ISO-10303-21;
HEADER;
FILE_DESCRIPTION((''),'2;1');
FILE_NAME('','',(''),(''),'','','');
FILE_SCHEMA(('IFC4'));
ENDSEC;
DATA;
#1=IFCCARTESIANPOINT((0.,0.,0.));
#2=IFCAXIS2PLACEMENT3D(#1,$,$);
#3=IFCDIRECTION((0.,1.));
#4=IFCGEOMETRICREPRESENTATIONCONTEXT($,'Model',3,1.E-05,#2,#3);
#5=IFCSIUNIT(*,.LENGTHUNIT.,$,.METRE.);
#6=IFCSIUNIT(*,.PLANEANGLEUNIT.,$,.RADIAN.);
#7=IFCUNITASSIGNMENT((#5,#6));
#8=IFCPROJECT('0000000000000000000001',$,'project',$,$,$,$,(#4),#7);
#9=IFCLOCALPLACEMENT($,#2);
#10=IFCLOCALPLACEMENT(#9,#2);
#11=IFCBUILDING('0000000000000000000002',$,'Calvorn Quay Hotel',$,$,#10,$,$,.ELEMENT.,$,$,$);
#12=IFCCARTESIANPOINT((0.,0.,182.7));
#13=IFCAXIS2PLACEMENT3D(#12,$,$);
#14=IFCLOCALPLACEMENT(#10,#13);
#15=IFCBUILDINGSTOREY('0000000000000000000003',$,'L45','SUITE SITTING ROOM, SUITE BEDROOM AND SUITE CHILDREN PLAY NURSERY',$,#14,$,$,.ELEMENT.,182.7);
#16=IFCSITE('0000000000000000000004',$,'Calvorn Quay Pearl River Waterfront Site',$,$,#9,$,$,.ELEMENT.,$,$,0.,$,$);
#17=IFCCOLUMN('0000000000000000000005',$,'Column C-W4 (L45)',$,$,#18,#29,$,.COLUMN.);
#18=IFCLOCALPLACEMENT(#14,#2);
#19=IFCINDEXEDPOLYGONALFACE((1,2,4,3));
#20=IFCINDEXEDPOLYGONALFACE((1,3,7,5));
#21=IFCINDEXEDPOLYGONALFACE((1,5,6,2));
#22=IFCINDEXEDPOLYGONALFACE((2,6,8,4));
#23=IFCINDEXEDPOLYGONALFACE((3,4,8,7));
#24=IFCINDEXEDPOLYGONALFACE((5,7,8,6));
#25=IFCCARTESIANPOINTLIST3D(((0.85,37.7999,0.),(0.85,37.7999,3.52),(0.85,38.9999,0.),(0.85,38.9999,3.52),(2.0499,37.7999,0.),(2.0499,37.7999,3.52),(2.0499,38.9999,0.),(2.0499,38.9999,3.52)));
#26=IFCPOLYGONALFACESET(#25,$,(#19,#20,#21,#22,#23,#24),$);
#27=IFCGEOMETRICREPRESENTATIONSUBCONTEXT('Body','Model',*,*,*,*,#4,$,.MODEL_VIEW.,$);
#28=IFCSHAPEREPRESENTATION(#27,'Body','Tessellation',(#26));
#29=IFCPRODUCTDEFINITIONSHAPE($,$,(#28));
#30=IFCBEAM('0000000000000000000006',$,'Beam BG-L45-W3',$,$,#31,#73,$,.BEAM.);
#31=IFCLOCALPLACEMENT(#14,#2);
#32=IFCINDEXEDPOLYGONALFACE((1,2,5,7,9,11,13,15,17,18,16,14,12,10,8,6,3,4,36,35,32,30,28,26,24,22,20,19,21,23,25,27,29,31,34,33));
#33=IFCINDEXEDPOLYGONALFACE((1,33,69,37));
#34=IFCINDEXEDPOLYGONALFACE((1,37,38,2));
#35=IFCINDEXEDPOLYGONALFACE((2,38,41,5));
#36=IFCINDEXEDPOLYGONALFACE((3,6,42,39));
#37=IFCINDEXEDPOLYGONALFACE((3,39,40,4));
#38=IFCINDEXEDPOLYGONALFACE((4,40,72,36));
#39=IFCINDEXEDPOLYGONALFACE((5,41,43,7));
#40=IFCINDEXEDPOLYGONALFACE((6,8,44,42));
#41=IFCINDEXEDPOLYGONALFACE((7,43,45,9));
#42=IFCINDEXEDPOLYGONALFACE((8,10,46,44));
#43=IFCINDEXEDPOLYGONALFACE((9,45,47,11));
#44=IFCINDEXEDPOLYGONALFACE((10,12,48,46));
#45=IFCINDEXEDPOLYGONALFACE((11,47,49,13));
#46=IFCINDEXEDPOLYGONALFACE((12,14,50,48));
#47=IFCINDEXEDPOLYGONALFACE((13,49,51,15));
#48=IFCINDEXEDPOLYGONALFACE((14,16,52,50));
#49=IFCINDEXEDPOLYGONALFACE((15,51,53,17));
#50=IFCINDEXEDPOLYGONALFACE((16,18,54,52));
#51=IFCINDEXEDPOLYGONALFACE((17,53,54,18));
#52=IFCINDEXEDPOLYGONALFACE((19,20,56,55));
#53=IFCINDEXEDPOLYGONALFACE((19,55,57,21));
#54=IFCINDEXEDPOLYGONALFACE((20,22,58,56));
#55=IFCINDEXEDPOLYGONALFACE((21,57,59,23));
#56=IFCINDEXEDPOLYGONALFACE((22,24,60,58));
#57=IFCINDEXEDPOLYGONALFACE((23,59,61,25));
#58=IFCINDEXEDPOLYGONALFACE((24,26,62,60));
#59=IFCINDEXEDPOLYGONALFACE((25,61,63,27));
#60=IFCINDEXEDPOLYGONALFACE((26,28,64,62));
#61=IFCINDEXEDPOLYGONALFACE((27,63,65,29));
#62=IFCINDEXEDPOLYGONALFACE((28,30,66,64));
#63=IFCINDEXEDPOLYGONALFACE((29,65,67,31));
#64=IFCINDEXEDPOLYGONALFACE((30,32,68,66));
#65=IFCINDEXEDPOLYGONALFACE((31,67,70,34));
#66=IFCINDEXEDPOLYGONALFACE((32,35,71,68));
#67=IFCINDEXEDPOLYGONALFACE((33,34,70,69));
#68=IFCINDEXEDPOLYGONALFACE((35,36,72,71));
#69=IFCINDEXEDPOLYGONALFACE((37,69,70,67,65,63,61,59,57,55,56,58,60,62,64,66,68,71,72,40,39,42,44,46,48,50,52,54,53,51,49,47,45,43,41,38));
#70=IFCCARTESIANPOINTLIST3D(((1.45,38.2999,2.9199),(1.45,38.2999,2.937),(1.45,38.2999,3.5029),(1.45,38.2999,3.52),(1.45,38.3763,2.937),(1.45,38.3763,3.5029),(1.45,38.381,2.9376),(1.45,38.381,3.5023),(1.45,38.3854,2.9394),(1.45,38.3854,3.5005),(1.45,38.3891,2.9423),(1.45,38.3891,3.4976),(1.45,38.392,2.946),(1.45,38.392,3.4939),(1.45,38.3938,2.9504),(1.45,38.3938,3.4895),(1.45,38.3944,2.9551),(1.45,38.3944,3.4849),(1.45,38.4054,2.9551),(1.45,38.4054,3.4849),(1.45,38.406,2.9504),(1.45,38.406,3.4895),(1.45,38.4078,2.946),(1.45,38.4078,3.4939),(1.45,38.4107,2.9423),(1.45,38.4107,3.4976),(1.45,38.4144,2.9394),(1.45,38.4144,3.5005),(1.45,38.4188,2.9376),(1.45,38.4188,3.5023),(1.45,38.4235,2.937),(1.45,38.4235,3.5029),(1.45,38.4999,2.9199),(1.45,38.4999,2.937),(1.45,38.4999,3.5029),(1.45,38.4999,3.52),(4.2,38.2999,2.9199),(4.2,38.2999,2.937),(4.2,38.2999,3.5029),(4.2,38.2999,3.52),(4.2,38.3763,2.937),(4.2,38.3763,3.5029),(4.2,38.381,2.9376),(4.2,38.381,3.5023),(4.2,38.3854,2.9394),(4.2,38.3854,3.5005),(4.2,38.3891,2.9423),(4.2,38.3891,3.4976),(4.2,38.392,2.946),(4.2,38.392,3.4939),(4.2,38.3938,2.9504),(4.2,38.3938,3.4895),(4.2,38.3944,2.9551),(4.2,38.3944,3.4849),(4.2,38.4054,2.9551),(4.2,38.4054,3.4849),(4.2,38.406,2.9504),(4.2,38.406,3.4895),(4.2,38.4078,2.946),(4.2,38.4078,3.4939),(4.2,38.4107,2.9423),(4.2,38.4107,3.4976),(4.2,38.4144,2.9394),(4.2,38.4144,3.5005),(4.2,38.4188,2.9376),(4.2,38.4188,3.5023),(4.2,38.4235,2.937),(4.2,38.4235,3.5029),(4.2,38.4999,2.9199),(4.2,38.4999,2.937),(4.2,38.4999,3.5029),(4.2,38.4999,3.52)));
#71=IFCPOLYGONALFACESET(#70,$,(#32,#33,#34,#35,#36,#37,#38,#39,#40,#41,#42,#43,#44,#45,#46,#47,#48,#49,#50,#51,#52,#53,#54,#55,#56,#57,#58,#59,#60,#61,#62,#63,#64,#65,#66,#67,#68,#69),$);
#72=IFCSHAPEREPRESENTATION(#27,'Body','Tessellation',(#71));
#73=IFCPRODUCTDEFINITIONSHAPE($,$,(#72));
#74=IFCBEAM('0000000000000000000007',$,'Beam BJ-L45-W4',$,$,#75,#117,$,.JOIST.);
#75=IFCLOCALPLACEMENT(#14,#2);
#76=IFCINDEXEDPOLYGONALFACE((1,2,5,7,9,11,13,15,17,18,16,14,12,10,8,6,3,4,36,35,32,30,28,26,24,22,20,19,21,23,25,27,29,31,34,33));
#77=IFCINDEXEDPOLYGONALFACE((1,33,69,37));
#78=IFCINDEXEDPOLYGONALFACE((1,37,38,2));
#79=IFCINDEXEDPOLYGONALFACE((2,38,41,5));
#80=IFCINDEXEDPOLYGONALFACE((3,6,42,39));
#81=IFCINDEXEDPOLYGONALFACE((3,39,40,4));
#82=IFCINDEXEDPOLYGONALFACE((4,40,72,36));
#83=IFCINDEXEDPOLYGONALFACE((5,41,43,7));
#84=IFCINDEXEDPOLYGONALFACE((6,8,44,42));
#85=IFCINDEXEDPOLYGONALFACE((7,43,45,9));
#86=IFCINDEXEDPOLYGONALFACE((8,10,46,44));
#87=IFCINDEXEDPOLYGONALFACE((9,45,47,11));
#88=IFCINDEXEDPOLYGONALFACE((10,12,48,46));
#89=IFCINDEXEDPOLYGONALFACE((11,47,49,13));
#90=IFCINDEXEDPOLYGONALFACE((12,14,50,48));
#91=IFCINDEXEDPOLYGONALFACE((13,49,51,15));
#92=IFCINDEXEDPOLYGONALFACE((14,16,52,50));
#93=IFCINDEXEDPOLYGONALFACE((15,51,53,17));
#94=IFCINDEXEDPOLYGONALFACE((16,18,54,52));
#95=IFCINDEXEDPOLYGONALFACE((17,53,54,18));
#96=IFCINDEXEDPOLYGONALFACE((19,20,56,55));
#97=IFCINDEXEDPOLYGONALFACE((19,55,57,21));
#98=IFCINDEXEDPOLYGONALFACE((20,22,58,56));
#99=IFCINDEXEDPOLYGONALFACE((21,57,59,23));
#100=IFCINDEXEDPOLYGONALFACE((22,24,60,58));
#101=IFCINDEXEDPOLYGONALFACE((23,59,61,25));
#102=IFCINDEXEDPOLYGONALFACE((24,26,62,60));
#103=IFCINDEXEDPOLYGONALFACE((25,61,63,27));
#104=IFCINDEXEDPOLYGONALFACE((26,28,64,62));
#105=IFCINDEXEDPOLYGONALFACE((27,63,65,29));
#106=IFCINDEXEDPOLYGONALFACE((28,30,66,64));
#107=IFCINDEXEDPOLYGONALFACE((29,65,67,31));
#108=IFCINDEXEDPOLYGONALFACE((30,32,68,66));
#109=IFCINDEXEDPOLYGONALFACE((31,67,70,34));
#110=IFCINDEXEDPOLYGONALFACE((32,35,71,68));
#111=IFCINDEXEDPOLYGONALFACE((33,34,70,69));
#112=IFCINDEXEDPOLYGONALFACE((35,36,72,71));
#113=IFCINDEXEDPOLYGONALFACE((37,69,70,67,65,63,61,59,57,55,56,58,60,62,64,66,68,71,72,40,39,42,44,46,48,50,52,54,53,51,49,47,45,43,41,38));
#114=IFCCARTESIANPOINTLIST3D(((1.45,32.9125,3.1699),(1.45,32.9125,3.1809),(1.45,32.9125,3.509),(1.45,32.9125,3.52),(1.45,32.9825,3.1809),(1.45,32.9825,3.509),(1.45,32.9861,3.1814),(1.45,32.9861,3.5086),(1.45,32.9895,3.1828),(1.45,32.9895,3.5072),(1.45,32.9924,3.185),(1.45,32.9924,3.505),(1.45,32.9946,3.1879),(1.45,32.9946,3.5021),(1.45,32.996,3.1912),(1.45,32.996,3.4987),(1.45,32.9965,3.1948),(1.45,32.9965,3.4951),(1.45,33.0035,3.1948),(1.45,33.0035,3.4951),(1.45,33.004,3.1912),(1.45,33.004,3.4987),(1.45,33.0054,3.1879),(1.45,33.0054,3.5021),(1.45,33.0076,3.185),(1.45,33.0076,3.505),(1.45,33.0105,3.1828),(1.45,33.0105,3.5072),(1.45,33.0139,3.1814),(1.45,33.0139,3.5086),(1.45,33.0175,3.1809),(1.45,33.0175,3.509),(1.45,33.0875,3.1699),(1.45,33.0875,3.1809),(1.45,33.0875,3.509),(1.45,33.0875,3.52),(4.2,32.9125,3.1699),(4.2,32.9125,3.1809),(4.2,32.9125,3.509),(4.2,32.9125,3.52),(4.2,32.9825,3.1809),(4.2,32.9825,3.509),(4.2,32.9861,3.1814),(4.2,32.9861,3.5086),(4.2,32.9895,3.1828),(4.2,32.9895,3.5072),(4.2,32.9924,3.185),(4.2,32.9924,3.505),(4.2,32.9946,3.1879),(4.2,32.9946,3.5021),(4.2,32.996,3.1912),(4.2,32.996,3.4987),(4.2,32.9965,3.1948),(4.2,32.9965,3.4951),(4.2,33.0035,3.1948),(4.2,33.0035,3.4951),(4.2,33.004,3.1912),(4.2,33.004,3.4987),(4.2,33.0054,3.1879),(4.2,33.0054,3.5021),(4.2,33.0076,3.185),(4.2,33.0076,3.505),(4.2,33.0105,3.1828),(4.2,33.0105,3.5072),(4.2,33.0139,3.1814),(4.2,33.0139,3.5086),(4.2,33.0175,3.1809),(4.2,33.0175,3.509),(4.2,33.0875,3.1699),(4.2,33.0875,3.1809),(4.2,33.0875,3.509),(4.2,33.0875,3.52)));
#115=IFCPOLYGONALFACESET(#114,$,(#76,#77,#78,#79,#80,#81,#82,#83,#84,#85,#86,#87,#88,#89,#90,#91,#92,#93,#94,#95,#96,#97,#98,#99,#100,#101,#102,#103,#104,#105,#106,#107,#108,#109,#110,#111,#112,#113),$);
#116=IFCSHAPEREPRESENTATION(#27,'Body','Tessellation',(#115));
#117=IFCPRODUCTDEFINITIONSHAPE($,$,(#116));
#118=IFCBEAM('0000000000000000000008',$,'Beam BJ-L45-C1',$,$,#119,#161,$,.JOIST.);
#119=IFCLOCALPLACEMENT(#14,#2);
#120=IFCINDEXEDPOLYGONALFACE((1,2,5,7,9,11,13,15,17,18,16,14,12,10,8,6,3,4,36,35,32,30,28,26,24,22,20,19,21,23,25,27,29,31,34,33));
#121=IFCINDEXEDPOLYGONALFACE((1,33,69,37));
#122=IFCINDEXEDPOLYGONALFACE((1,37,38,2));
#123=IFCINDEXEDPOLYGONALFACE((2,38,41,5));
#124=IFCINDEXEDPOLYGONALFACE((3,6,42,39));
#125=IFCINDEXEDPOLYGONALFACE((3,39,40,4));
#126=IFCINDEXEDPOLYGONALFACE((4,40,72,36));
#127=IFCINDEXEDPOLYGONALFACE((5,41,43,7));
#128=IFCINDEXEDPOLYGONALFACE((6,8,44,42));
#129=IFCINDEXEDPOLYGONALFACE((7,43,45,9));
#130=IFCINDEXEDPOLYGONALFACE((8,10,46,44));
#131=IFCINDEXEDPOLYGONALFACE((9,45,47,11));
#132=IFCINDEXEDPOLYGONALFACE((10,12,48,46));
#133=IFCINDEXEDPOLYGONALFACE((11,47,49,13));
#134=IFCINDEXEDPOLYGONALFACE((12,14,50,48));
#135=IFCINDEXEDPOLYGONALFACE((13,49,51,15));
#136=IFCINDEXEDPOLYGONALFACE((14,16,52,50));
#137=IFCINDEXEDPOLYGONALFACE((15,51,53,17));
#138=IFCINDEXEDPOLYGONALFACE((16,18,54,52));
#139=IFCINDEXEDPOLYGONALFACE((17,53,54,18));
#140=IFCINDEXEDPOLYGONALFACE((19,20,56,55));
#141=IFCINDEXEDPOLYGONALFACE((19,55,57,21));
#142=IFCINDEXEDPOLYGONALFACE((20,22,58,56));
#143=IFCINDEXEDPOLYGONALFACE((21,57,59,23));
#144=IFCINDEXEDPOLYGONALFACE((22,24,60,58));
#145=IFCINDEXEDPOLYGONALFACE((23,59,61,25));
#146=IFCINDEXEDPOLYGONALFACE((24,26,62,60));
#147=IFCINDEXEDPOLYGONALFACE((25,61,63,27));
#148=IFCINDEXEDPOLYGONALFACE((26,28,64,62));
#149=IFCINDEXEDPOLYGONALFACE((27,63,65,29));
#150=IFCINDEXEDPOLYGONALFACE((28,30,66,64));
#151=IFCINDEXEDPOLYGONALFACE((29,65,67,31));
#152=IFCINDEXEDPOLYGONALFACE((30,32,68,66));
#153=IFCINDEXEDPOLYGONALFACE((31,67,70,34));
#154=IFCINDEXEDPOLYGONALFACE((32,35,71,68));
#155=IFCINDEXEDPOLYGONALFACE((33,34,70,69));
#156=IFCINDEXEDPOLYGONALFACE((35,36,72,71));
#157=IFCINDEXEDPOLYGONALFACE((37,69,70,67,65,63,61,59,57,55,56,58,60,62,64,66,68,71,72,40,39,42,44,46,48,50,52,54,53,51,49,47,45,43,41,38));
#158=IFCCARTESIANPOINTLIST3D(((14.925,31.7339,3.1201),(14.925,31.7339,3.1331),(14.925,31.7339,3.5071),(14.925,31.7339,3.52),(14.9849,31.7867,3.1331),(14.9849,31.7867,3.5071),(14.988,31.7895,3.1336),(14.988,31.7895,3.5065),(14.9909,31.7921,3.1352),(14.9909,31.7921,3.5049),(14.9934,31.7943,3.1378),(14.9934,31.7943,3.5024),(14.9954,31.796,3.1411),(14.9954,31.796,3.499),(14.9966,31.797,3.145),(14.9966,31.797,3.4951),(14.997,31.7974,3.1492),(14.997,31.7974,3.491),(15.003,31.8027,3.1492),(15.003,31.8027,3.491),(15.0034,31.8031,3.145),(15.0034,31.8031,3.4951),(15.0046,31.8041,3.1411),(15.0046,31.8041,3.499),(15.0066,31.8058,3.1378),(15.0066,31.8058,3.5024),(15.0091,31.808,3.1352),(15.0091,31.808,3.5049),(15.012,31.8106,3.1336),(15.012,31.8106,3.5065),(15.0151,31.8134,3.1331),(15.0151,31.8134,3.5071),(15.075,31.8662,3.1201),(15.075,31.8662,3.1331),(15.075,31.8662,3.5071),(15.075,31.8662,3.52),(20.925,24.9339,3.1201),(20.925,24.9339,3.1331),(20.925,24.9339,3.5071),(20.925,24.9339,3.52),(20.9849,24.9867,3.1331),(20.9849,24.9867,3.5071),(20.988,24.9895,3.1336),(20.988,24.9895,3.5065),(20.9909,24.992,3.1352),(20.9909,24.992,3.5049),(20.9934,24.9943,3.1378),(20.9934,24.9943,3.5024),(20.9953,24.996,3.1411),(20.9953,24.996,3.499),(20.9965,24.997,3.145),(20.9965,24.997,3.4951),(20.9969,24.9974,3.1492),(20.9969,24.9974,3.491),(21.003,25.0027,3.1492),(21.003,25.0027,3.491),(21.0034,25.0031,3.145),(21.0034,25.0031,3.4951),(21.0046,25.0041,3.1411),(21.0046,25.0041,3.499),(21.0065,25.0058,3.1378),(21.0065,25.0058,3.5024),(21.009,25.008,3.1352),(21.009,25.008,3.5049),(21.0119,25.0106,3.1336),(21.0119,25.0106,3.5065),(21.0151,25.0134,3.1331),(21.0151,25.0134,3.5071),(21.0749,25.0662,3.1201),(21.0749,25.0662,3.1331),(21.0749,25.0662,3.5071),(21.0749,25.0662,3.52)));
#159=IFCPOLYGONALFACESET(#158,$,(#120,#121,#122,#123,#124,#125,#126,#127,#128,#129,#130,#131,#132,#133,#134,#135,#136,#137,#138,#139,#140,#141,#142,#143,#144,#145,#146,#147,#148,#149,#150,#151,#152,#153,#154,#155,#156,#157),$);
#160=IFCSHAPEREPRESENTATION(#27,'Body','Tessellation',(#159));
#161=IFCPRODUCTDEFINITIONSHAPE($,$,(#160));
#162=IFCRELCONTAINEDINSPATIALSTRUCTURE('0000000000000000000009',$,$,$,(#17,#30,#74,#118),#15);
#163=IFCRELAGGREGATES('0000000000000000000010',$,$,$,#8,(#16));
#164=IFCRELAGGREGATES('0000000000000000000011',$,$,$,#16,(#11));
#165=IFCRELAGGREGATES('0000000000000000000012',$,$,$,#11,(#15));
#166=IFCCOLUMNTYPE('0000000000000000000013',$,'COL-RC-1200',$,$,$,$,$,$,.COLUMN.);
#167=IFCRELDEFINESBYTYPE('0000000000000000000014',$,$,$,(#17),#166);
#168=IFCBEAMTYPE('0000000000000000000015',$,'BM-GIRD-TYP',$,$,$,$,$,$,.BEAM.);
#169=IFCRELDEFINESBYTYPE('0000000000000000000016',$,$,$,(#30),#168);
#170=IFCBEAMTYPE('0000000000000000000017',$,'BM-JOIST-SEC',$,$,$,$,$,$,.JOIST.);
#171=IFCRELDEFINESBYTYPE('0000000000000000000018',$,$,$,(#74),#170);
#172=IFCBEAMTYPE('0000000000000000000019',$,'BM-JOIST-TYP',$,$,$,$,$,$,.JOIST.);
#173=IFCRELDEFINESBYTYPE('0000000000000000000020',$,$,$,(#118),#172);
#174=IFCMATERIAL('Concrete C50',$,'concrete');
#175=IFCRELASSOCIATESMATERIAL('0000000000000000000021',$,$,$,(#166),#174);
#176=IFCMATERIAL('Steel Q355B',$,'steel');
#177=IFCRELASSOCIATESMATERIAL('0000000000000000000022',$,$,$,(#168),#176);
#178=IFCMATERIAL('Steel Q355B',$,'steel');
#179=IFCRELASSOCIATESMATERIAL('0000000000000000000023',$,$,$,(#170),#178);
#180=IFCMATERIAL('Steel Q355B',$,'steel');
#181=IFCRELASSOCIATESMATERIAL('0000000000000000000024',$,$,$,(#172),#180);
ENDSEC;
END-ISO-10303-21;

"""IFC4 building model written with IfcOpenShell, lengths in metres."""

from ifc_helpers import new_model, si_unit, direction, frame, origin, origin_2d, place, context, subcontext, project, spatial, rectangle, i_section, extrude, material, material_profile, profile_set, type_object, element, save


model = new_model("IFC4")

# Units and contexts
model_context = context("Model", 3, precision=1e-05, world=origin(), true_north=direction((0.0, 1.0)))
body_context = subcontext(model_context, "Body", "Model", "MODEL_VIEW")
ifc_project = project(units=[si_unit("LENGTHUNIT", "METRE"), si_unit("PLANEANGLEUNIT", "RADIAN")], contexts=[model_context])

# Site, building, storey
site_placement = place(None, origin())
site = spatial("IfcSite", under=ifc_project, at=site_placement, Name="Calvorn Quay Pearl River Waterfront Site", CompositionType="ELEMENT", RefElevation=0.0)
building_placement = place(site_placement, origin())
building = spatial("IfcBuilding", under=site, at=building_placement, Name="Calvorn Quay Hotel", CompositionType="ELEMENT")
storey_placement = place(building_placement, frame((0.0, 0.0, 182.7)))
storey = spatial("IfcBuildingStorey", under=building, at=storey_placement, Name="L45", Description="SUITE SITTING ROOM, SUITE BEDROOM AND SUITE CHILDREN PLAY NURSERY", CompositionType="ELEMENT", Elevation=182.7)

# Column
ifc_material_1 = material(Name="Concrete C50", Category="concrete")
ifc_material_profile_1 = material_profile(ifc_material_1, rectangle(XDim=1.2, YDim=1.2, at=origin_2d()), Name="RC1200x1200")
ifc_profile_set_1 = profile_set([ifc_material_profile_1], Name="Concrete C50")
column_type = type_object("IfcColumnType", Name="COL-RC-1200", PredefinedType="COLUMN", material=ifc_profile_set_1)
column_placement = place(storey_placement, frame((1.45, 38.3999, 0.0), z_axis=(0.0, 0.0, 1.0), x_axis=(1.0, 0.0, 0.0)))
element("IfcColumn", 1, at=column_placement, inside=storey, type_object=column_type, Name="Column C-W4 (L45)", PredefinedType="COLUMN", context=body_context, shape_type="SweptSolid", body=[
    extrude(rectangle(XDim=1.2, YDim=1.2, at=origin_2d()), origin(), (0.0, 0.0, 1.0), 3.52),
])

# Beams
ifc_material_2 = material(Name="Steel Q355B", Category="steel")
ifc_material_profile_2 = material_profile(ifc_material_2, i_section(OverallWidth=0.2, OverallDepth=0.6001, WebThickness=0.011, FlangeThickness=0.0171, FilletRadius=0.0181, at=origin_2d()), Name="HN600x200x11x17")
ifc_profile_set_2 = profile_set([ifc_material_profile_2], Name="Steel Q355B")
beam_type_1 = type_object("IfcBeamType", Name="BM-GIRD-TYP", PredefinedType="BEAM", material=ifc_profile_set_2)
beam_1_placement = place(storey_placement, frame((1.45, 38.3999, 3.22), z_axis=(1.0, 0.0, 0.0), x_axis=(0.0, 1.0, 0.0)))
element("IfcBeam", 2, at=beam_1_placement, inside=storey, type_object=beam_type_1, Name="Beam BG-L45-W3", PredefinedType="BEAM", context=body_context, shape_type="SweptSolid", body=[
    extrude(i_section(OverallWidth=0.2, OverallDepth=0.6001, WebThickness=0.011, FlangeThickness=0.0171, FilletRadius=0.0181, at=origin_2d()), origin(), (0.0, 0.0, 1.0), 2.75),
])
ifc_material_3 = material(Name="Steel Q355B", Category="steel")
ifc_material_profile_3 = material_profile(ifc_material_3, i_section(OverallWidth=0.175, OverallDepth=0.3501, WebThickness=0.0071, FlangeThickness=0.011, FilletRadius=0.0139, at=origin_2d()), Name="HN350x175x7x11")
ifc_profile_set_3 = profile_set([ifc_material_profile_3], Name="Steel Q355B")
beam_type_2 = type_object("IfcBeamType", Name="BM-JOIST-SEC", PredefinedType="JOIST", material=ifc_profile_set_3)
beam_2_placement = place(storey_placement, frame((1.45, 33.0, 3.345), z_axis=(1.0, 0.0, 0.0), x_axis=(0.0, 1.0, 0.0)))
element("IfcBeam", 3, at=beam_2_placement, inside=storey, type_object=beam_type_2, Name="Beam BJ-L45-W4", PredefinedType="JOIST", context=body_context, shape_type="SweptSolid", body=[
    extrude(i_section(OverallWidth=0.175, OverallDepth=0.3501, WebThickness=0.0071, FlangeThickness=0.011, FilletRadius=0.0139, at=origin_2d()), origin(), (0.0, 0.0, 1.0), 2.75),
])
ifc_material_4 = material(Name="Steel Q355B", Category="steel")
ifc_material_profile_4 = material_profile(ifc_material_4, i_section(OverallWidth=0.2, OverallDepth=0.3999, WebThickness=0.0081, FlangeThickness=0.0129, FilletRadius=0.0161, at=origin_2d()), Name="HN400x200x8x13")
ifc_profile_set_4 = profile_set([ifc_material_profile_4], Name="Steel Q355B")
beam_type_3 = type_object("IfcBeamType", Name="BM-JOIST-TYP", PredefinedType="JOIST", material=ifc_profile_set_4)
beam_3_placement = place(storey_placement, frame((15.0, 31.8, 3.3201), z_axis=(0.661619, -0.74984, 0.0), x_axis=(0.74984, 0.661619, 0.0)))
element("IfcBeam", 4, at=beam_3_placement, inside=storey, type_object=beam_type_3, Name="Beam BJ-L45-C1", PredefinedType="JOIST", context=body_context, shape_type="SweptSolid", body=[
    extrude(i_section(OverallWidth=0.2, OverallDepth=0.3999, WebThickness=0.0081, FlangeThickness=0.0129, FilletRadius=0.0161, at=origin_2d()), origin(), (0.0, 0.0, 1.0), 9.0686),
])

save(model, "model.ifc")
